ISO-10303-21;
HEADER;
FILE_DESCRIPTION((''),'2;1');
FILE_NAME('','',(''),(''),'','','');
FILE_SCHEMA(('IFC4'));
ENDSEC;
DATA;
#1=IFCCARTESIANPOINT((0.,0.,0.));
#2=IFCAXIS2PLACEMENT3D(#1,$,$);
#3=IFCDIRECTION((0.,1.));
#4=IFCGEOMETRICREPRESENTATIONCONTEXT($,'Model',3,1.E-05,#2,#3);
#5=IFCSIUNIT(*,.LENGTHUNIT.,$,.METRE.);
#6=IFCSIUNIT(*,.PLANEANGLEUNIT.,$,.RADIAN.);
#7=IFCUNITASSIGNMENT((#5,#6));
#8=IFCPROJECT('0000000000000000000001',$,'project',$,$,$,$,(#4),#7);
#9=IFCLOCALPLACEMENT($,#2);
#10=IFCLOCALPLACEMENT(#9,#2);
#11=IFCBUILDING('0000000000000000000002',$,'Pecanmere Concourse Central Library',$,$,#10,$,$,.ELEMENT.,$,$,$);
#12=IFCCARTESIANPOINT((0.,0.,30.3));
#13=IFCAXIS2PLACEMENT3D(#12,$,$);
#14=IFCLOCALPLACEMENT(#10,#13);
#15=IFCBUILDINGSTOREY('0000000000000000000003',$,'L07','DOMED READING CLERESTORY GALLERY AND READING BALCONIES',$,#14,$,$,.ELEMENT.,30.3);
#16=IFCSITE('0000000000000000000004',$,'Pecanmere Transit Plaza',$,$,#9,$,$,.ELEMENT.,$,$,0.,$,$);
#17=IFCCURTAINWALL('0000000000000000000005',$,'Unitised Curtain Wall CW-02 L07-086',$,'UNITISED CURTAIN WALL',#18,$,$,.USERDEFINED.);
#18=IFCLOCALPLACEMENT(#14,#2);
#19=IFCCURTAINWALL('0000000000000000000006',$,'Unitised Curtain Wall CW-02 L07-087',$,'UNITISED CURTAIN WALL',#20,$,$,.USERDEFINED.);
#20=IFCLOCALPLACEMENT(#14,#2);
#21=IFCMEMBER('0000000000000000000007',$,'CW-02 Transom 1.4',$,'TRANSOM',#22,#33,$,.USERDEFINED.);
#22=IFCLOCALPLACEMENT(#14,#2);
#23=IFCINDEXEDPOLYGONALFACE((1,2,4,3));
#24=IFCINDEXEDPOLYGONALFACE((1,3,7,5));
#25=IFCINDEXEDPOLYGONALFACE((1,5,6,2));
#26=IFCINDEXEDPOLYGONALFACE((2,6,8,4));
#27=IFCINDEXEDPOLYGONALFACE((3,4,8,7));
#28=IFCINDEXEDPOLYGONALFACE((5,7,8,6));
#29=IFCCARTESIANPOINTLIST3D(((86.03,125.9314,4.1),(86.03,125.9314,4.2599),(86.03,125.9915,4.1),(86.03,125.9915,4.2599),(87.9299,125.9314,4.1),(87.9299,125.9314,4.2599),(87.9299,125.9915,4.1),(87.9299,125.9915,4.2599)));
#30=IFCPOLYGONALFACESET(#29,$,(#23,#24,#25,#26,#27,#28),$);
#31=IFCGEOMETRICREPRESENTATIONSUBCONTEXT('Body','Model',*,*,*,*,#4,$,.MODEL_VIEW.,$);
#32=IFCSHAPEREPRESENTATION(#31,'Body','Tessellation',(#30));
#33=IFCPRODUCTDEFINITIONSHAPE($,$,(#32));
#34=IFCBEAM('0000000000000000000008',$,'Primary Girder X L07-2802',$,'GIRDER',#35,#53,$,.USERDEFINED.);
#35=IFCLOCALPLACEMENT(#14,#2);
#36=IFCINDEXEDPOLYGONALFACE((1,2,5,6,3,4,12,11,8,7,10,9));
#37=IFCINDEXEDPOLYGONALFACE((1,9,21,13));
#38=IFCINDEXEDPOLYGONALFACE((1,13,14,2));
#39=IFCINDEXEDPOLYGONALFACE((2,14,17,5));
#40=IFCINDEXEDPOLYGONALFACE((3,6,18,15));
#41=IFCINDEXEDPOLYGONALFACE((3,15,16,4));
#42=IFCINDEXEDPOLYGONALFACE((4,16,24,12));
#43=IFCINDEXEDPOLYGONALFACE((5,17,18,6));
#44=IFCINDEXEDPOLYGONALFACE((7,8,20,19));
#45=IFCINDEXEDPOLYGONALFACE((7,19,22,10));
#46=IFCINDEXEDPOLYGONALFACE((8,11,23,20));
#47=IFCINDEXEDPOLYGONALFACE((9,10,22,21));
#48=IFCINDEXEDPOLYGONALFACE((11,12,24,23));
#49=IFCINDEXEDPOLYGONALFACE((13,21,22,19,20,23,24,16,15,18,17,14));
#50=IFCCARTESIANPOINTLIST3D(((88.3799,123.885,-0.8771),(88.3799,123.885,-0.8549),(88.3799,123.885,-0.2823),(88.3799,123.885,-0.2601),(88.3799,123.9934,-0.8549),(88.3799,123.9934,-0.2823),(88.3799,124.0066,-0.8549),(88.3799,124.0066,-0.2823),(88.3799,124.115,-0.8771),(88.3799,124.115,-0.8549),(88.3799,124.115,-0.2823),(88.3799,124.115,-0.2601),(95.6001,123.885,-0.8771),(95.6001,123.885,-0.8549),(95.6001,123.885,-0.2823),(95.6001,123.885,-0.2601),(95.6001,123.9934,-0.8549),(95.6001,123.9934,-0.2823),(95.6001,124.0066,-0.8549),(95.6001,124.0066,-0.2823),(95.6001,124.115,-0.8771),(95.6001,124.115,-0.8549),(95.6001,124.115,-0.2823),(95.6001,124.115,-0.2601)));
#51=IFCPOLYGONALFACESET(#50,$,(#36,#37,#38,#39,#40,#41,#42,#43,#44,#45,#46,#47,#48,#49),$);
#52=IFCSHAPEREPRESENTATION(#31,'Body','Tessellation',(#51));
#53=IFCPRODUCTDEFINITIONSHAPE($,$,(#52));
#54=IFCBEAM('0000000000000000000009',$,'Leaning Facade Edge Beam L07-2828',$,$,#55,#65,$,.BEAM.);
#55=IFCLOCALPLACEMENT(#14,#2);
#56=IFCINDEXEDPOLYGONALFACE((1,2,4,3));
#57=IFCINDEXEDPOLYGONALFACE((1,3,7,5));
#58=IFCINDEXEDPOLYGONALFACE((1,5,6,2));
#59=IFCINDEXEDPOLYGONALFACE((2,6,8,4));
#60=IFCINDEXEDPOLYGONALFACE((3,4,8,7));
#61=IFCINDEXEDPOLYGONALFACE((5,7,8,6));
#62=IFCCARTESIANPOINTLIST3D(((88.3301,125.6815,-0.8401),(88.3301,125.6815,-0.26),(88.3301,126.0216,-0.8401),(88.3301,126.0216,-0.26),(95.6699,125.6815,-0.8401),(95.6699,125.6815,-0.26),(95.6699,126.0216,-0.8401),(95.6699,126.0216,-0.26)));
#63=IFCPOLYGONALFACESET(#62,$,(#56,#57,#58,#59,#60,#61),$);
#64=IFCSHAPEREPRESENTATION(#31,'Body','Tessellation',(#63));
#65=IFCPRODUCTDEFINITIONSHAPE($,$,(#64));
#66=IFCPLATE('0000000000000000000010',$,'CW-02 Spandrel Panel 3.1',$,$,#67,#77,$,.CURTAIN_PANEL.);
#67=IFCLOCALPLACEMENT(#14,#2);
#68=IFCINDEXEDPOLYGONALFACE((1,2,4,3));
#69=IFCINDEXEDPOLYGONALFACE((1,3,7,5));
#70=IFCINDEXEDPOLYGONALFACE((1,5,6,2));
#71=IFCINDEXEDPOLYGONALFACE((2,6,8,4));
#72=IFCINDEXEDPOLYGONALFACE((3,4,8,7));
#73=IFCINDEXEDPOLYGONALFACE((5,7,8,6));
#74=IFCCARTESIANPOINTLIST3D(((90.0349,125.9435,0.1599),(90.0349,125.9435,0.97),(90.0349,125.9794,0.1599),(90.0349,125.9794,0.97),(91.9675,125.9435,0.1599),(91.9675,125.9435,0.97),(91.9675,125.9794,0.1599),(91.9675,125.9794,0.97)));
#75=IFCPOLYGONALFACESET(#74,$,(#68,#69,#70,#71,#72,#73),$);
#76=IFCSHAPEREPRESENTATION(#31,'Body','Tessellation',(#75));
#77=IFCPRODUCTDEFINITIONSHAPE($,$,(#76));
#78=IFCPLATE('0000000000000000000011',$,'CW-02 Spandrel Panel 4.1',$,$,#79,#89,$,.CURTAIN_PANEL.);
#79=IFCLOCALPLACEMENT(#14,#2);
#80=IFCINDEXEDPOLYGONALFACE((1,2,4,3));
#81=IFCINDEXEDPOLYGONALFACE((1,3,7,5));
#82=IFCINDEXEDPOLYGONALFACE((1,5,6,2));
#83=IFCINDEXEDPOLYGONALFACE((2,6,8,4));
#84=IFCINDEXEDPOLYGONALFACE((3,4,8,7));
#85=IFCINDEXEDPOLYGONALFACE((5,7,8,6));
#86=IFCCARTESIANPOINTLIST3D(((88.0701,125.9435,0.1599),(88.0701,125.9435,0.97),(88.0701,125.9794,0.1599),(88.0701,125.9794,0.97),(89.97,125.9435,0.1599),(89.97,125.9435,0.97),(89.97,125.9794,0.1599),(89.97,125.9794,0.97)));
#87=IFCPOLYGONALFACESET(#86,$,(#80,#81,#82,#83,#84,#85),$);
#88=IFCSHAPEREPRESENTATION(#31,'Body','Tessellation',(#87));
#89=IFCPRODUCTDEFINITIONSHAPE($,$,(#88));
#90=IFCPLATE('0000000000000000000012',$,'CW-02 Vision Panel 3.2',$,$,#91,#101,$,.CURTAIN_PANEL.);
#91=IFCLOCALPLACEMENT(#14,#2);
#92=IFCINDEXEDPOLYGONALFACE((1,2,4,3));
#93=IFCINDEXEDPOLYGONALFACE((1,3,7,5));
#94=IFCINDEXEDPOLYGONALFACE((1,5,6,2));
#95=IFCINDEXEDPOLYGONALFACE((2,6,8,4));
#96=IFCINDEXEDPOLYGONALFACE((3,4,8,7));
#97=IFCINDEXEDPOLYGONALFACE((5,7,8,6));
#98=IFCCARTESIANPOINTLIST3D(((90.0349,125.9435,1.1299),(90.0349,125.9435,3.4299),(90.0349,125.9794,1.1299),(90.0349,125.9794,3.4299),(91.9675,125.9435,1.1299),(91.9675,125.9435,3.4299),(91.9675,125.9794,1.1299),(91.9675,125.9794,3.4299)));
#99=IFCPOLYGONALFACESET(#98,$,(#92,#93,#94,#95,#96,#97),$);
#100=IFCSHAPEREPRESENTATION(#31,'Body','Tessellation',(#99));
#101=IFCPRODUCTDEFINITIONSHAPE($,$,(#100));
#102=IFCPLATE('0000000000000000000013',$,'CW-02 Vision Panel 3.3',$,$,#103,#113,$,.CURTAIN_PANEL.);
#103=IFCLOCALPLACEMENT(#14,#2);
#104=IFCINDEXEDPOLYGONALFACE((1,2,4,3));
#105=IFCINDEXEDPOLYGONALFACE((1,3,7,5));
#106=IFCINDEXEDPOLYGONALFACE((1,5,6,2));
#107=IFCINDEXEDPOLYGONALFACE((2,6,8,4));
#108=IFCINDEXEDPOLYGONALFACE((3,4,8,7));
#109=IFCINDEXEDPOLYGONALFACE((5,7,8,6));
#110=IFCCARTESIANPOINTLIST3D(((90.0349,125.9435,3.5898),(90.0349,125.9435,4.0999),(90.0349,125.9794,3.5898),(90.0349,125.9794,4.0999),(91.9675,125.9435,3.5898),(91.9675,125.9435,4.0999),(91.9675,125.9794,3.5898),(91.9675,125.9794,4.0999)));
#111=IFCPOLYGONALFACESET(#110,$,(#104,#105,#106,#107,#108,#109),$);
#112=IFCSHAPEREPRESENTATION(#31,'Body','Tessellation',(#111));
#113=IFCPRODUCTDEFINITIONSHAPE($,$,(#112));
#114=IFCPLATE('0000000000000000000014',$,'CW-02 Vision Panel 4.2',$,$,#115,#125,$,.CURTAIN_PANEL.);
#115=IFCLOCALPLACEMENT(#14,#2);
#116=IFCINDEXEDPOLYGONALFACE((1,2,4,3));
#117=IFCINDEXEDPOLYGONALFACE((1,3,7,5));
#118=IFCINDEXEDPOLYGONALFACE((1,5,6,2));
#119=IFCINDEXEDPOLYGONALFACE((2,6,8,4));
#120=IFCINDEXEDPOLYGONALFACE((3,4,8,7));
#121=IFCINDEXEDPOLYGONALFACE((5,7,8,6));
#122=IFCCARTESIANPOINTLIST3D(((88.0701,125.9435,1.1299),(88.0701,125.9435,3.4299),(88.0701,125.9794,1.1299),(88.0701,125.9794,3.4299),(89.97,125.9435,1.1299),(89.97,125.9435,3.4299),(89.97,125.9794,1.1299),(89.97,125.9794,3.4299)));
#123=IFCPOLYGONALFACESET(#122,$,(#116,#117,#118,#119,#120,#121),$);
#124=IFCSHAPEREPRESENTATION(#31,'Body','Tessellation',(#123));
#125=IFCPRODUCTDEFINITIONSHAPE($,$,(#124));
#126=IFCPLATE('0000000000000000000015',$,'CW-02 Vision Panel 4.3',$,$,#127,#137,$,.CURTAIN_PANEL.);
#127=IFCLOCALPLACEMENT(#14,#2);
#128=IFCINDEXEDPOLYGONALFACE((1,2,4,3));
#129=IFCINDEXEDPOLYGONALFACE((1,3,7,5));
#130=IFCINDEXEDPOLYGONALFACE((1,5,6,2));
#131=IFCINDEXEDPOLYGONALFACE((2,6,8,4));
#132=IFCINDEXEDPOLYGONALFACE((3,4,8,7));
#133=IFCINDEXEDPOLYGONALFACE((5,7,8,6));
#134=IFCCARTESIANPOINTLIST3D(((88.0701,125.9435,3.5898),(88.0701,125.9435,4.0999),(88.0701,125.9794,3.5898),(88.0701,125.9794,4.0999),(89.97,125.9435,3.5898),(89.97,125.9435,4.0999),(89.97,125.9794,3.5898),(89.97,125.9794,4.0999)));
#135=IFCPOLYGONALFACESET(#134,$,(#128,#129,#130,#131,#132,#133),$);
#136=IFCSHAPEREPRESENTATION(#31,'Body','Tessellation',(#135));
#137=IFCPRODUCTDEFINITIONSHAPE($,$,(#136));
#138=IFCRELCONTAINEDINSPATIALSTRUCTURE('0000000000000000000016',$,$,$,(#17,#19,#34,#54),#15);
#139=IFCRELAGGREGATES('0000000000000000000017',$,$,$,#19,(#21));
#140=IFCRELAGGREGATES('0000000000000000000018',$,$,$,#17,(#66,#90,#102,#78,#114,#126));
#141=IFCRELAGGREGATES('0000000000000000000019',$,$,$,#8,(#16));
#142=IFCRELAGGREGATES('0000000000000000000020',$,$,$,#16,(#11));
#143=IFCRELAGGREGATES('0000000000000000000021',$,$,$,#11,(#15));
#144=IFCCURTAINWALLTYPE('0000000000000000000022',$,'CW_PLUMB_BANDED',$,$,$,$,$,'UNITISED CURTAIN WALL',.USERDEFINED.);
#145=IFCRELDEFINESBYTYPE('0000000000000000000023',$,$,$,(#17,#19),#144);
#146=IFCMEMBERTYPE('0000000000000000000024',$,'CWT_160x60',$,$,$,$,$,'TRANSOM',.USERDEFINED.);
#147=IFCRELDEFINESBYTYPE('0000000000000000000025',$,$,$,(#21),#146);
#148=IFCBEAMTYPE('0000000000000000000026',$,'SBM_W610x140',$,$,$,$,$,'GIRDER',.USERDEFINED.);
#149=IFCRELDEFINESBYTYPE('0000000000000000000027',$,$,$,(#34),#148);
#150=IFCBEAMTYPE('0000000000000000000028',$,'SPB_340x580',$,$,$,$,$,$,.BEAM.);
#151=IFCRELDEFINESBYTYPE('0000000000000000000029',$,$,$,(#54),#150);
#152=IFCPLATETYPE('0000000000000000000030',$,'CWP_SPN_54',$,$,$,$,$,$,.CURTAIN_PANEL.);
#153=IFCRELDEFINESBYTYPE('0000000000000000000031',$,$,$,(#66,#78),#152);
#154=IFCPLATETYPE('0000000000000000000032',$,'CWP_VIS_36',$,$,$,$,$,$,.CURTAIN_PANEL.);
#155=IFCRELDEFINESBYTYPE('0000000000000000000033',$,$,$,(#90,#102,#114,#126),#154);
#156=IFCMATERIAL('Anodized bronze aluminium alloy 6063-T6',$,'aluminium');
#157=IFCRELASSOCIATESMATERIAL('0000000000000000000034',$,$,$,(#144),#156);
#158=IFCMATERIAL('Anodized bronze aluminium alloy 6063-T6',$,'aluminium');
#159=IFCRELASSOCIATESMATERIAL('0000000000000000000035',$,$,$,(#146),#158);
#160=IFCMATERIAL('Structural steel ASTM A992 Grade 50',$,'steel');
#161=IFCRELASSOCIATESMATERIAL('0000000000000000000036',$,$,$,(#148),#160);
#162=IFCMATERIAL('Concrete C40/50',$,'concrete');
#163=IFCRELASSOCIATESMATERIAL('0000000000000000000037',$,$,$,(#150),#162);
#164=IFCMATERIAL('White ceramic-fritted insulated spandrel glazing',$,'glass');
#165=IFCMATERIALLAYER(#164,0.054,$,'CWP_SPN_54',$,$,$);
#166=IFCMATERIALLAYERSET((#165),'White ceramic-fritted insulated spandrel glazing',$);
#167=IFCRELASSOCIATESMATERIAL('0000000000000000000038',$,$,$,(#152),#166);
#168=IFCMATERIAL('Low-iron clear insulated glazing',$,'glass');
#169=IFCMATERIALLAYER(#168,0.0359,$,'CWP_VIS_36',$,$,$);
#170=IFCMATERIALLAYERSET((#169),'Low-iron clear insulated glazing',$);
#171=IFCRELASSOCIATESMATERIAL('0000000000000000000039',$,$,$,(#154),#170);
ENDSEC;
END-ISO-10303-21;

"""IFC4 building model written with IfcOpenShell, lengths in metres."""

from ifc_helpers import new_model, si_unit, direction, frame, origin, origin_2d, place, context, subcontext, project, spatial, rectangle, i_section, extrude, material, layer, layer_set, material_profile, profile_set, type_object, element, aggregate, save


model = new_model("IFC4")

# Units and contexts
model_context = context("Model", 3, precision=1e-05, world=origin(), true_north=direction((0.0, 1.0)))
body_context = subcontext(model_context, "Body", "Model", "MODEL_VIEW")
ifc_project = project(units=[si_unit("LENGTHUNIT", "METRE"), si_unit("PLANEANGLEUNIT", "RADIAN")], contexts=[model_context])

# Site, building, storey
site_placement = place(None, origin())
site = spatial("IfcSite", under=ifc_project, at=site_placement, Name="Pecanmere Transit Plaza", CompositionType="ELEMENT", RefElevation=0.0)
building_placement = place(site_placement, origin())
building = spatial("IfcBuilding", under=site, at=building_placement, Name="Pecanmere Concourse Central Library", CompositionType="ELEMENT")
storey_placement = place(building_placement, frame((0.0, 0.0, 30.3)))
storey = spatial("IfcBuildingStorey", under=building, at=storey_placement, Name="L07", Description="DOMED READING CLERESTORY GALLERY AND READING BALCONIES", CompositionType="ELEMENT", Elevation=30.3)

# Curtain wall
ifc_material_1 = material(Name="Anodized bronze aluminium alloy 6063-T6", Category="aluminium")
curtain_wall_type = type_object("IfcCurtainWallType", Name="CW_PLUMB_BANDED", ElementType="UNITISED CURTAIN WALL", PredefinedType="USERDEFINED", material=ifc_material_1)
curtain_wall_1_placement = place(storey_placement, origin())
curtain_wall_1 = element("IfcCurtainWall", 1, at=curtain_wall_1_placement, inside=storey, type_object=curtain_wall_type, Name="Unitised Curtain Wall CW-02 L07-086", ObjectType="UNITISED CURTAIN WALL", PredefinedType="USERDEFINED")

# Curtain wall
curtain_wall_2_placement = place(storey_placement, origin())
curtain_wall_2 = element("IfcCurtainWall", 2, at=curtain_wall_2_placement, inside=storey, type_object=curtain_wall_type, Name="Unitised Curtain Wall CW-02 L07-087", ObjectType="UNITISED CURTAIN WALL", PredefinedType="USERDEFINED")

# Member
ifc_material_2 = material(Name="Anodized bronze aluminium alloy 6063-T6", Category="aluminium")
ifc_material_profile_1 = material_profile(ifc_material_2, rectangle(XDim=0.0601, YDim=0.1599, at=origin_2d()), Name="AL 60x160")
ifc_profile_set_1 = profile_set([ifc_material_profile_1], Name="Anodized bronze aluminium alloy 6063-T6")
member_type_1 = type_object("IfcMemberType", Name="CWT_160x60", ElementType="TRANSOM", PredefinedType="USERDEFINED", material=ifc_profile_set_1)
member_1_placement = place(storey_placement, frame((87.9299, 125.9614, 4.1799), z_axis=(-1.0, 0.0, 0.0), x_axis=(0.0, -1.0, 0.0)))
member_1 = element("IfcMember", 3, at=member_1_placement, type_object=member_type_1, Name="CW-02 Transom 1.4", ObjectType="TRANSOM", PredefinedType="USERDEFINED", context=body_context, shape_type="SweptSolid", body=[
    extrude(rectangle(XDim=0.0601, YDim=0.1599, at=origin_2d()), origin(), (0.0, 0.0, 1.0), 1.8999),
])
aggregate(curtain_wall_2, [member_1])

# Beams
ifc_material_3 = material(Name="Structural steel ASTM A992 Grade 50", Category="steel")
ifc_material_profile_2 = material_profile(ifc_material_3, i_section(OverallWidth=0.23, OverallDepth=0.6169, WebThickness=0.0132, FlangeThickness=0.0222, at=origin_2d()), Name="W610x140")
ifc_profile_set_2 = profile_set([ifc_material_profile_2], Name="Structural steel ASTM A992 Grade 50")
beam_type_1 = type_object("IfcBeamType", Name="SBM_W610x140", ElementType="GIRDER", PredefinedType="USERDEFINED", material=ifc_profile_set_2)
beam_1_placement = place(storey_placement, frame((88.3799, 124.0, -0.5686), z_axis=(1.0, 0.0, 0.0), x_axis=(0.0, 1.0, 0.0)))
element("IfcBeam", 4, at=beam_1_placement, inside=storey, type_object=beam_type_1, Name="Primary Girder X L07-2802", ObjectType="GIRDER", PredefinedType="USERDEFINED", context=body_context, shape_type="SweptSolid", body=[
    extrude(i_section(OverallWidth=0.23, OverallDepth=0.6169, WebThickness=0.0132, FlangeThickness=0.0222, at=origin_2d()), origin(), (0.0, 0.0, 1.0), 7.2202),
])
ifc_material_4 = material(Name="Concrete C40/50", Category="concrete")
ifc_material_profile_3 = material_profile(ifc_material_4, rectangle(XDim=0.3401, YDim=0.5801, at=origin_2d()), Name="RC 340x580")
ifc_profile_set_3 = profile_set([ifc_material_profile_3], Name="Concrete C40/50")
beam_type_2 = type_object("IfcBeamType", Name="SPB_340x580", PredefinedType="BEAM", material=ifc_profile_set_3)
beam_2_placement = place(storey_placement, frame((88.3301, 125.8516, -0.55), z_axis=(1.0, 0.0, 0.0), x_axis=(0.0, 1.0, 0.0)))
element("IfcBeam", 5, at=beam_2_placement, inside=storey, type_object=beam_type_2, Name="Leaning Facade Edge Beam L07-2828", PredefinedType="BEAM", context=body_context, shape_type="SweptSolid", body=[
    extrude(rectangle(XDim=0.3401, YDim=0.5801, at=origin_2d()), origin(), (0.0, 0.0, 1.0), 7.3398),
])

# Plates
ifc_material_5 = material(Name="White ceramic-fritted insulated spandrel glazing", Category="glass")
ifc_layer_1 = layer(ifc_material_5, 0.054, Name="CWP_SPN_54")
ifc_layer_set_1 = layer_set([ifc_layer_1], Name="White ceramic-fritted insulated spandrel glazing")
plate_type_1 = type_object("IfcPlateType", Name="CWP_SPN_54", PredefinedType="CURTAIN_PANEL", material=ifc_layer_set_1)
plate_1_placement = place(storey_placement, frame((91.0012, 125.9614, 0.1599), z_axis=(0.0, 0.0, 1.0), x_axis=(-1.0, 0.0, 0.0)))
plate_1 = element("IfcPlate", 6, at=plate_1_placement, type_object=plate_type_1, Name="CW-02 Spandrel Panel 3.1", PredefinedType="CURTAIN_PANEL", context=body_context, shape_type="SweptSolid", body=[
    extrude(rectangle(XDim=1.9326, YDim=0.0359, at=origin_2d()), origin(), (0.0, 0.0, 1.0), 0.8101),
])
plate_2_placement = place(storey_placement, frame((89.02, 125.9614, 0.1599), z_axis=(0.0, 0.0, 1.0), x_axis=(-1.0, 0.0, 0.0)))
plate_2 = element("IfcPlate", 7, at=plate_2_placement, type_object=plate_type_1, Name="CW-02 Spandrel Panel 4.1", PredefinedType="CURTAIN_PANEL", context=body_context, shape_type="SweptSolid", body=[
    extrude(rectangle(XDim=1.8999, YDim=0.0359, at=origin_2d()), origin(), (0.0, 0.0, 1.0), 0.8101),
])
ifc_material_6 = material(Name="Low-iron clear insulated glazing", Category="glass")
ifc_layer_2 = layer(ifc_material_6, 0.0359, Name="CWP_VIS_36")
ifc_layer_set_2 = layer_set([ifc_layer_2], Name="Low-iron clear insulated glazing")
plate_type_2 = type_object("IfcPlateType", Name="CWP_VIS_36", PredefinedType="CURTAIN_PANEL", material=ifc_layer_set_2)
plate_3_placement = place(storey_placement, frame((91.0012, 125.9614, 1.1299), z_axis=(0.0, 0.0, 1.0), x_axis=(-1.0, 0.0, 0.0)))
plate_3 = element("IfcPlate", 8, at=plate_3_placement, type_object=plate_type_2, Name="CW-02 Vision Panel 3.2", PredefinedType="CURTAIN_PANEL", context=body_context, shape_type="SweptSolid", body=[
    extrude(rectangle(XDim=1.9326, YDim=0.0359, at=origin_2d()), origin(), (0.0, 0.0, 1.0), 2.3),
])
plate_4_placement = place(storey_placement, frame((91.0012, 125.9614, 3.5898), z_axis=(0.0, 0.0, 1.0), x_axis=(-1.0, 0.0, 0.0)))
plate_4 = element("IfcPlate", 9, at=plate_4_placement, type_object=plate_type_2, Name="CW-02 Vision Panel 3.3", PredefinedType="CURTAIN_PANEL", context=body_context, shape_type="SweptSolid", body=[
    extrude(rectangle(XDim=1.9326, YDim=0.0359, at=origin_2d()), origin(), (0.0, 0.0, 1.0), 0.51),
])
plate_5_placement = place(storey_placement, frame((89.02, 125.9614, 1.1299), z_axis=(0.0, 0.0, 1.0), x_axis=(-1.0, 0.0, 0.0)))
plate_5 = element("IfcPlate", 10, at=plate_5_placement, type_object=plate_type_2, Name="CW-02 Vision Panel 4.2", PredefinedType="CURTAIN_PANEL", context=body_context, shape_type="SweptSolid", body=[
    extrude(rectangle(XDim=1.8999, YDim=0.0359, at=origin_2d()), origin(), (0.0, 0.0, 1.0), 2.3),
])
plate_6_placement = place(storey_placement, frame((89.02, 125.9614, 3.5898), z_axis=(0.0, 0.0, 1.0), x_axis=(-1.0, 0.0, 0.0)))
plate_6 = element("IfcPlate", 11, at=plate_6_placement, type_object=plate_type_2, Name="CW-02 Vision Panel 4.3", PredefinedType="CURTAIN_PANEL", context=body_context, shape_type="SweptSolid", body=[
    extrude(rectangle(XDim=1.8999, YDim=0.0359, at=origin_2d()), origin(), (0.0, 0.0, 1.0), 0.51),
])
aggregate(curtain_wall_1, [plate_1, plate_3, plate_4, plate_2, plate_5, plate_6])

save(model, "model.ifc")
